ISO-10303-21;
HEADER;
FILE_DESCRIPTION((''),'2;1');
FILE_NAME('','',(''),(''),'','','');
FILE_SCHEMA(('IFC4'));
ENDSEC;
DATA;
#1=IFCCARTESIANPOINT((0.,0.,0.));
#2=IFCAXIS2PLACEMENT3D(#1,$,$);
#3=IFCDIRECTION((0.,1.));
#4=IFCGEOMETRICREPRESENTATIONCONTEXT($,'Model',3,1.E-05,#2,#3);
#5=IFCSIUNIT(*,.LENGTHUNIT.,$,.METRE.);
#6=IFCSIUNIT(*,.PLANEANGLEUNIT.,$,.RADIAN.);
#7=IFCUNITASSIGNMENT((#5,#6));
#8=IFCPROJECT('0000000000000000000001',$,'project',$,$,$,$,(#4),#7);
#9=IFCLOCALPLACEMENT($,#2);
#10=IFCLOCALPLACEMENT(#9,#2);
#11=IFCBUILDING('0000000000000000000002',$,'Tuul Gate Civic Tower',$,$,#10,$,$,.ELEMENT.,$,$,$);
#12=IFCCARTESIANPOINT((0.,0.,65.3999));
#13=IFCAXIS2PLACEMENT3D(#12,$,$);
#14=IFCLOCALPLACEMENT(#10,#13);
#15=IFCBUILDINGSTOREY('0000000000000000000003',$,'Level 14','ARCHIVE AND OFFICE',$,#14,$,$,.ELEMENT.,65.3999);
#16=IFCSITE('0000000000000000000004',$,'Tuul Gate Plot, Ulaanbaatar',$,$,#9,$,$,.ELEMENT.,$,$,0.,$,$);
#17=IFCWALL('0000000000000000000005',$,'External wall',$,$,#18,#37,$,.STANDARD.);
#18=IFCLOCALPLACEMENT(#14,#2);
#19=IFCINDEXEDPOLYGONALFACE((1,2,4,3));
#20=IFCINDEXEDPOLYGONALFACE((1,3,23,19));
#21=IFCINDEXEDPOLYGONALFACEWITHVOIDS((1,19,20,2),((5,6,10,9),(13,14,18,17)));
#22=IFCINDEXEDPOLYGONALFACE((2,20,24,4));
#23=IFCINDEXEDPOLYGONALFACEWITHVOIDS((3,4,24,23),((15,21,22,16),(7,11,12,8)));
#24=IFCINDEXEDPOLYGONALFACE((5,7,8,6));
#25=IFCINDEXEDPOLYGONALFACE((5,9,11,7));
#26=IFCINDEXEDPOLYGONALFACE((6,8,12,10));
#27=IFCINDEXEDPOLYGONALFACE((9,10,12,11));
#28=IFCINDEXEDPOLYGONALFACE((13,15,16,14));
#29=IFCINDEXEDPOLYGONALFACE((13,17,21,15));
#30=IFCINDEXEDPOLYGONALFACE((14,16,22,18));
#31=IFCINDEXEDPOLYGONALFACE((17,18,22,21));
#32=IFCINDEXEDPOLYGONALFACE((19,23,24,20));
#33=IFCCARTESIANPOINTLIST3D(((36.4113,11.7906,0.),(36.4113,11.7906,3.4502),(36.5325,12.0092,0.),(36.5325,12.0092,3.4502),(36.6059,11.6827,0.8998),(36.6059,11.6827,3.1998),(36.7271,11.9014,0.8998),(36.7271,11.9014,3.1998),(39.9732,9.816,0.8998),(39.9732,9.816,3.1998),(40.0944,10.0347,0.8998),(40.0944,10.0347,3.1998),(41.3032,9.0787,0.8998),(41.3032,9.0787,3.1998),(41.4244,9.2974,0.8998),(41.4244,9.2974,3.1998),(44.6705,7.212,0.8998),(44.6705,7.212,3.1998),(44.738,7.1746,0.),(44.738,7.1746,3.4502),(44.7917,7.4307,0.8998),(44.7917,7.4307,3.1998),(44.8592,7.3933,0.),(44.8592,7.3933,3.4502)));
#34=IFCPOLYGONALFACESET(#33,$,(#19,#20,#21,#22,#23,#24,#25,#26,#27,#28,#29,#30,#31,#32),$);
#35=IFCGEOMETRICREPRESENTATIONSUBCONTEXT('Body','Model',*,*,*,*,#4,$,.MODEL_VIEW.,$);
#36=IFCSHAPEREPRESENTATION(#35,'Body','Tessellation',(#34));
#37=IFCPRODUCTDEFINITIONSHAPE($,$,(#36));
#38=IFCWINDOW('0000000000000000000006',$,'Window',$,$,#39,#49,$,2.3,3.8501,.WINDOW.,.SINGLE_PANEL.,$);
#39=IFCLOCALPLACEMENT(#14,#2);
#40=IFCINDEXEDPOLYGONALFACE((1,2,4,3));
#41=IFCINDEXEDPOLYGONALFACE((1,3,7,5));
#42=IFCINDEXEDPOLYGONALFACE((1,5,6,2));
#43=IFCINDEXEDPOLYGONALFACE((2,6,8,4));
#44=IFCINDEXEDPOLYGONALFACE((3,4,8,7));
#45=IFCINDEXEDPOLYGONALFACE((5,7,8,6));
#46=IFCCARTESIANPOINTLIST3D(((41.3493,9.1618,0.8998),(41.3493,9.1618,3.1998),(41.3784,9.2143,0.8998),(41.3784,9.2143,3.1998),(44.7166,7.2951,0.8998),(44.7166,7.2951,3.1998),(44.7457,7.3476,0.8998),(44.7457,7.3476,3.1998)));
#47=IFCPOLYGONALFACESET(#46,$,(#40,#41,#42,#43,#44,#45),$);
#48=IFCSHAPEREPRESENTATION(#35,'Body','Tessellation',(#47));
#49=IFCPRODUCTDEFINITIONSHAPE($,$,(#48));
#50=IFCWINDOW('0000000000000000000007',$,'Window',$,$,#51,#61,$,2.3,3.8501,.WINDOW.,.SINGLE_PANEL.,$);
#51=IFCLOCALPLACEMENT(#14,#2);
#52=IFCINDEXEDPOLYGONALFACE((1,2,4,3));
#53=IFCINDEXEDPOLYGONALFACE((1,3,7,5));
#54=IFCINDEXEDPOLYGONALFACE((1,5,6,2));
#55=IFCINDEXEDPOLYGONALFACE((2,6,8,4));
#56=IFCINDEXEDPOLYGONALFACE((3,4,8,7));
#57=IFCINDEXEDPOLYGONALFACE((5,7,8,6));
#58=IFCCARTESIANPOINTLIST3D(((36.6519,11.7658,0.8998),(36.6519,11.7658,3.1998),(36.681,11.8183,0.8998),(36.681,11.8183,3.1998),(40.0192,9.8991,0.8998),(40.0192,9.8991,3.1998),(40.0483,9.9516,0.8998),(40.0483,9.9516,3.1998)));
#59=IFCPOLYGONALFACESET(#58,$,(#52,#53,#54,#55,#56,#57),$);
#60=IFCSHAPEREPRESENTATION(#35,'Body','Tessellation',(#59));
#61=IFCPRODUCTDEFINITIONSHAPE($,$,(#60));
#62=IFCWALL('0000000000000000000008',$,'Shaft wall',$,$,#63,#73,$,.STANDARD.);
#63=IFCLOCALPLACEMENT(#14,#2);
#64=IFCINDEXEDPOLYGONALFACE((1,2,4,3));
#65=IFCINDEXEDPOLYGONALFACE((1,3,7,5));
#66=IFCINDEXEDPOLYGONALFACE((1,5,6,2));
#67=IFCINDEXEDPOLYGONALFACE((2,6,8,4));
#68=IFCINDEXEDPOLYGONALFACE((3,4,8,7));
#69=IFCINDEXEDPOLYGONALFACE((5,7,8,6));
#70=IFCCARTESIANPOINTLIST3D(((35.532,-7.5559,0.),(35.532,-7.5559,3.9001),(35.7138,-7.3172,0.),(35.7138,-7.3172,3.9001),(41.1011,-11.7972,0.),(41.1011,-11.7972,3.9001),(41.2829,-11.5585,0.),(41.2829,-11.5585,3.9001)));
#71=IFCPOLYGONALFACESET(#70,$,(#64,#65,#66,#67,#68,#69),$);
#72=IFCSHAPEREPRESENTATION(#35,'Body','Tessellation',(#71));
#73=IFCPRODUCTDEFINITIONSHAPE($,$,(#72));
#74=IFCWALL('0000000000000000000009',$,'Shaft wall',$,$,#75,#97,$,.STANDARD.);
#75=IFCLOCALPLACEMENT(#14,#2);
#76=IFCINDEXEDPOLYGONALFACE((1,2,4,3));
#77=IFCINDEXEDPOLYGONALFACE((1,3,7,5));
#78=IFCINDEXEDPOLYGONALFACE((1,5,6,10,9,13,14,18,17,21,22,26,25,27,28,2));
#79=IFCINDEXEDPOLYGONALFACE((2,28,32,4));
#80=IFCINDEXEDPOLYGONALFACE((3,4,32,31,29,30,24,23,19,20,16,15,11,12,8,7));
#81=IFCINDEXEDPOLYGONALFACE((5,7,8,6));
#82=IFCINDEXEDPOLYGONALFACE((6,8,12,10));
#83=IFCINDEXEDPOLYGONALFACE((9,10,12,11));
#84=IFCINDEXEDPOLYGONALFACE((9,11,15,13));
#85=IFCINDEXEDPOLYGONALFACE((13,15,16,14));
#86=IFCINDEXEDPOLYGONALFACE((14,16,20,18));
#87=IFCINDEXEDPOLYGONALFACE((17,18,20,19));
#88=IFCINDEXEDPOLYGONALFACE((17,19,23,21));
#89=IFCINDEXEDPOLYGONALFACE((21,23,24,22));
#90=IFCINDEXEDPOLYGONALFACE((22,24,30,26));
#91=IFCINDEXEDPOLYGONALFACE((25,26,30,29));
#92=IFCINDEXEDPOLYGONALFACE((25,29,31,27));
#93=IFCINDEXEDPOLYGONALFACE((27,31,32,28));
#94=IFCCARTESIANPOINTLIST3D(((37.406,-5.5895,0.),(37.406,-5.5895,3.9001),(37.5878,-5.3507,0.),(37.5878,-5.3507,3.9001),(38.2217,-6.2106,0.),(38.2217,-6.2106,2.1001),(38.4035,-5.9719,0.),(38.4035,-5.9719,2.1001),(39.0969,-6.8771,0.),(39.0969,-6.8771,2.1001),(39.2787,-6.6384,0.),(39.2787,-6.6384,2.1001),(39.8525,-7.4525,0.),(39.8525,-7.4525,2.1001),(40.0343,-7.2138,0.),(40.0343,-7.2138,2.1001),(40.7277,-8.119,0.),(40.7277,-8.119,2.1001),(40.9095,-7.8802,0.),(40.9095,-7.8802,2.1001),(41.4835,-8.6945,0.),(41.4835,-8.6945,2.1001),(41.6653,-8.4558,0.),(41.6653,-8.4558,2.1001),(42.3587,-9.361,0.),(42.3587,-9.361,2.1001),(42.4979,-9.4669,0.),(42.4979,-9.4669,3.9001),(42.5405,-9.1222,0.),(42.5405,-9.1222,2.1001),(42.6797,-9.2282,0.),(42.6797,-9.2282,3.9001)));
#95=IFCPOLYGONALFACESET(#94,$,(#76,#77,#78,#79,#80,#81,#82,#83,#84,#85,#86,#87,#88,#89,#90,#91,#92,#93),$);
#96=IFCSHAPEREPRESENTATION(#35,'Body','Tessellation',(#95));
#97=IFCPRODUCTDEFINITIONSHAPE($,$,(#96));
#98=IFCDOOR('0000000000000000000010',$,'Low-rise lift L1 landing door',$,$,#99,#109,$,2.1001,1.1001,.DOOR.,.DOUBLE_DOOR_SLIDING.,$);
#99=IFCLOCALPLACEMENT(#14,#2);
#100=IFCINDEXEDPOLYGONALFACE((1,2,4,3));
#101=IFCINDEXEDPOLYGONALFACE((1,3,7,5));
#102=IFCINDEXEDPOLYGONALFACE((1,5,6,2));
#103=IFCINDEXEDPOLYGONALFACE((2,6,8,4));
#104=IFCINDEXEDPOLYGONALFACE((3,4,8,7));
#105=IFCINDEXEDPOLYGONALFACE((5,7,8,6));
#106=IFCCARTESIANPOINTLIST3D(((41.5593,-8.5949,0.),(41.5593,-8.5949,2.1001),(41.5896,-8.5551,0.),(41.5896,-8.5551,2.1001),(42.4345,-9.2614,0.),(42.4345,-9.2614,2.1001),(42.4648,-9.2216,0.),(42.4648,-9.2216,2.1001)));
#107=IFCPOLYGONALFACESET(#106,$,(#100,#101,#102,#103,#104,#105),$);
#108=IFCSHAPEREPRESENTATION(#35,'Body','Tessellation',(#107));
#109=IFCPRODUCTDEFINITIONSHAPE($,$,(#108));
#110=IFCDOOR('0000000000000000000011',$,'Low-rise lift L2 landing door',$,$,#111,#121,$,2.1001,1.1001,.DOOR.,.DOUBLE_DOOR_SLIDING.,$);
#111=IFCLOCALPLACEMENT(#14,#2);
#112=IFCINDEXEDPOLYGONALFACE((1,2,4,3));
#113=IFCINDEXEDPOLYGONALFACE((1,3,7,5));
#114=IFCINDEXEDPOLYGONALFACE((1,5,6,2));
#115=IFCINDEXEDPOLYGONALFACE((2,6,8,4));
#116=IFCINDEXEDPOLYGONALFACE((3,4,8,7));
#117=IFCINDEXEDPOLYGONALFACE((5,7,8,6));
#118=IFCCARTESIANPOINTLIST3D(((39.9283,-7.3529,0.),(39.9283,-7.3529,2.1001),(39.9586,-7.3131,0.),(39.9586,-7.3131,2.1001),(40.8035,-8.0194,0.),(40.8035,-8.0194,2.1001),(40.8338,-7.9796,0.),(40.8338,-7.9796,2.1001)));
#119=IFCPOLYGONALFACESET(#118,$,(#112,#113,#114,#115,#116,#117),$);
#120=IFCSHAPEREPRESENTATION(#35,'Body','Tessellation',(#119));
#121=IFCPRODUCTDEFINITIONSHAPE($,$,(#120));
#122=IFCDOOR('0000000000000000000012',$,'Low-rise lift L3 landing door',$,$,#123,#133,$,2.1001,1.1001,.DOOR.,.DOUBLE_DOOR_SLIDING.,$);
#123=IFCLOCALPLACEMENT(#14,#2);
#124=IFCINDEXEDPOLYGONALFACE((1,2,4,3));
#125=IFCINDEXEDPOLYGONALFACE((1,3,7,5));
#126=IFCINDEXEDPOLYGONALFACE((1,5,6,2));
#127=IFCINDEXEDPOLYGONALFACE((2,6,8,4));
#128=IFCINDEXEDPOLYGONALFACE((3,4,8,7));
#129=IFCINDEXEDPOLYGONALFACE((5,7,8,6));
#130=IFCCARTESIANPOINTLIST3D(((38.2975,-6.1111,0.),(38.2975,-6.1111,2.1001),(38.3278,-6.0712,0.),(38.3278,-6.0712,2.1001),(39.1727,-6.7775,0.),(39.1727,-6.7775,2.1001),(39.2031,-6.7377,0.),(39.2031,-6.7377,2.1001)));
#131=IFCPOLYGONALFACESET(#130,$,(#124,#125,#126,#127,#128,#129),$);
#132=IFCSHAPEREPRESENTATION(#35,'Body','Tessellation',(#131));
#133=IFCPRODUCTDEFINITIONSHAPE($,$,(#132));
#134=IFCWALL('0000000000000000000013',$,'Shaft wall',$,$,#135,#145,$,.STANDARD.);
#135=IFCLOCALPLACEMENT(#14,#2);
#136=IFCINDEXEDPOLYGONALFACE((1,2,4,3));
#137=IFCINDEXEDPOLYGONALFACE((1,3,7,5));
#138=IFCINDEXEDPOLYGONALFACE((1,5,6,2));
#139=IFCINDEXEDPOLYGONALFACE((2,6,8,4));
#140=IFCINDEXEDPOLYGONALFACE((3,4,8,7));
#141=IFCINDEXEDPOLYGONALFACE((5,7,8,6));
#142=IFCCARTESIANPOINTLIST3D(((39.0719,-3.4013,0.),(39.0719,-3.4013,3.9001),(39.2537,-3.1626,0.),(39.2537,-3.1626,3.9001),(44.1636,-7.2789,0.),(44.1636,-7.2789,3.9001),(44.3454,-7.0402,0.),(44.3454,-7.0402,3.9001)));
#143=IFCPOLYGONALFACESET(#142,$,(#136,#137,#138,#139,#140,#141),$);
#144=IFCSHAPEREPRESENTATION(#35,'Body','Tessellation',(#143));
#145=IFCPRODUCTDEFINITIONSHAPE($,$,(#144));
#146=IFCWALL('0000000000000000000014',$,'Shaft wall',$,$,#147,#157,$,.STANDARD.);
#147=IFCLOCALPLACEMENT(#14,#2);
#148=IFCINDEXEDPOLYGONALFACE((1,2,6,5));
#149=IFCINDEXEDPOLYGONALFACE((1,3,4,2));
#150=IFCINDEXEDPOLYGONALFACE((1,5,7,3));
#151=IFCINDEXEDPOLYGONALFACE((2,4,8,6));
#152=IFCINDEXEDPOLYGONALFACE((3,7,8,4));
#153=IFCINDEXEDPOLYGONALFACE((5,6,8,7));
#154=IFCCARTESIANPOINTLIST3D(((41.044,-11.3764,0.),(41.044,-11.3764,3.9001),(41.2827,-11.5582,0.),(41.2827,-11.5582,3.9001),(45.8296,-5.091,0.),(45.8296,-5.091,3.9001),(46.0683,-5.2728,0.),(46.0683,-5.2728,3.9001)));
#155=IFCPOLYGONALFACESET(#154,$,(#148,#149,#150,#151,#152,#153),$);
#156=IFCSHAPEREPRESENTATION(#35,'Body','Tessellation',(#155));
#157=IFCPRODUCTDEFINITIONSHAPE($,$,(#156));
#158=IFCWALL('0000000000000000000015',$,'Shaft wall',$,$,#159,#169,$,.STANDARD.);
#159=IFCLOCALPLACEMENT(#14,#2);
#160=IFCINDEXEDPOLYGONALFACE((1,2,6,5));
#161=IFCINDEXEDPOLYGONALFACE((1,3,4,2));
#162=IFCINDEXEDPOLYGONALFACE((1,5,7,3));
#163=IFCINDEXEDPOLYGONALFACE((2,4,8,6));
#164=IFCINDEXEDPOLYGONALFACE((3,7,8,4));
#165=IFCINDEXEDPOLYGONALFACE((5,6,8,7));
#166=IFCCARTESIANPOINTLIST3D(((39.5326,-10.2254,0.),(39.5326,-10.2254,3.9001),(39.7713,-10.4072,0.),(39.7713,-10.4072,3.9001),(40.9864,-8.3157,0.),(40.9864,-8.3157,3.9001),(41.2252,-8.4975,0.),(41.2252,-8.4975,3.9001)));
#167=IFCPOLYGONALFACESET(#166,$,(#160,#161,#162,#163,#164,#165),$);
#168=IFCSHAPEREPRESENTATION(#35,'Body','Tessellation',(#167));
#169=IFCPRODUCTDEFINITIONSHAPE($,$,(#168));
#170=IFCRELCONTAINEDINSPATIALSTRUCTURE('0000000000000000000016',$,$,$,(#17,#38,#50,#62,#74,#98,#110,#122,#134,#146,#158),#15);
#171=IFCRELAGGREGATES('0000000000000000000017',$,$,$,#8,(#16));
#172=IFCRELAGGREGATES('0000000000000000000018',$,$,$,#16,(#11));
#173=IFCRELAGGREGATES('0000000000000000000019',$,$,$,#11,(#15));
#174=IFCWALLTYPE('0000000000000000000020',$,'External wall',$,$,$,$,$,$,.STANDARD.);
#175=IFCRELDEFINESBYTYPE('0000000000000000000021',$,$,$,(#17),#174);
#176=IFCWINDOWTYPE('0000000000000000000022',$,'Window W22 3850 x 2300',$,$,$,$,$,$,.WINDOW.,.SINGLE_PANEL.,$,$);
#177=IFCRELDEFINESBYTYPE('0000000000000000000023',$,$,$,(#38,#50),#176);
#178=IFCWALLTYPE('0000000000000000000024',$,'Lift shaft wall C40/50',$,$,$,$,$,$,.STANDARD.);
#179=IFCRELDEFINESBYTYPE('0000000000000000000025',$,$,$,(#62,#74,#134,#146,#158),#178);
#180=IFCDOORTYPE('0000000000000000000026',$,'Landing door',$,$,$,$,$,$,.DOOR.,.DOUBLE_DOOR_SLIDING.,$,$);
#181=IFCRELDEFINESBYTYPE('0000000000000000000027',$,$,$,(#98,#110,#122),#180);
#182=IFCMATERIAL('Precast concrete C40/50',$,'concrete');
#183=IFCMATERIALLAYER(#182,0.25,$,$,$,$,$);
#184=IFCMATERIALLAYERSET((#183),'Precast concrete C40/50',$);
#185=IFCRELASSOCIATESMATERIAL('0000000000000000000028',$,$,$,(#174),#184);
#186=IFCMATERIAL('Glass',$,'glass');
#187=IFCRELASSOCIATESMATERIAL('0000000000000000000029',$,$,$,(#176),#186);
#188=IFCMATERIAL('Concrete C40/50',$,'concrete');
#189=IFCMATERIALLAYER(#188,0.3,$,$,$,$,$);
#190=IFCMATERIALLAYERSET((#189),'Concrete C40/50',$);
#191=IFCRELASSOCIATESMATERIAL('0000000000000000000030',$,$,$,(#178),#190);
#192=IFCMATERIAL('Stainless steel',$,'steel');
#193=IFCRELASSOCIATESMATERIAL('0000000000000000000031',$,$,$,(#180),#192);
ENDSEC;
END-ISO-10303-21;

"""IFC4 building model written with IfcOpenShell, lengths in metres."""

from ifc_helpers import new_model, si_unit, direction, frame, frame_2d, origin, place, context, subcontext, project, spatial, rectangle, extrude, material, layer, layer_set, type_object, element, fill, save


model = new_model("IFC4")

# Units and contexts
model_context = context("Model", 3, precision=1e-05, world=origin(), true_north=direction((0.0, 1.0)))
body_context = subcontext(model_context, "Body", "Model", "MODEL_VIEW")
ifc_project = project(units=[si_unit("LENGTHUNIT", "METRE"), si_unit("PLANEANGLEUNIT", "RADIAN")], contexts=[model_context])

# Site, building, storey
site_placement = place(None, origin())
site = spatial("IfcSite", under=ifc_project, at=site_placement, Name="Tuul Gate Plot, Ulaanbaatar", CompositionType="ELEMENT", RefElevation=0.0)
building_placement = place(site_placement, origin())
building = spatial("IfcBuilding", under=site, at=building_placement, Name="Tuul Gate Civic Tower", CompositionType="ELEMENT")
storey_placement = place(building_placement, frame((0.0, 0.0, 65.3999)))
storey = spatial("IfcBuildingStorey", under=building, at=storey_placement, Name="Level 14", Description="ARCHIVE AND OFFICE", CompositionType="ELEMENT", Elevation=65.3999)

# Wall, openings, windows
ifc_material_1 = material(Name="Precast concrete C40/50", Category="concrete")
ifc_layer_1 = layer(ifc_material_1, 0.25)
ifc_layer_set_1 = layer_set([ifc_layer_1], Name="Precast concrete C40/50")
wall_type_1 = type_object("IfcWallType", Name="External wall", PredefinedType="STANDARD", material=ifc_layer_set_1)
wall_1_placement = place(storey_placement, frame((44.7986, 7.2839, 0.0), z_axis=(0.0, 0.0, 1.0), x_axis=(-0.874601, 0.484844, 0.0)))
wall_1 = element("IfcWall", 1, at=wall_1_placement, inside=storey, type_object=wall_type_1, Name="External wall", PredefinedType="STANDARD", context=body_context, shape_type="SweptSolid", body=[
    extrude(rectangle(XDim=9.5205, YDim=0.25, at=frame_2d((4.7603, 0.0))), origin(), (0.0, 0.0, 1.0), 3.4502),
])
opening_1_placement = place(wall_1_placement, frame((0.0771, 0.0, 0.8999)))
opening_1 = element("IfcOpeningElement", 2, at=opening_1_placement, cuts=wall_1, PredefinedType="OPENING", context=body_context, shape_type="SweptSolid", body=[
    extrude(rectangle(XDim=3.8501, YDim=2.3, at=frame_2d((1.925, 1.1499))), frame((0.0, 0.135, 0.0), z_axis=(0.0, -1.0, 0.0), x_axis=(1.0, 0.0, 0.0)), (0.0, 0.0, 1.0), 0.27),
])
opening_2_placement = place(wall_1_placement, frame((5.448, 0.0, 0.8999)))
opening_2 = element("IfcOpeningElement", 3, at=opening_2_placement, cuts=wall_1, PredefinedType="OPENING", context=body_context, shape_type="SweptSolid", body=[
    extrude(rectangle(XDim=3.8501, YDim=2.3, at=frame_2d((1.925, 1.1499))), frame((0.0, 0.135, 0.0), z_axis=(0.0, -1.0, 0.0), x_axis=(1.0, 0.0, 0.0)), (0.0, 0.0, 1.0), 0.27),
])
ifc_material_2 = material(Name="Glass", Category="glass")
window_type = type_object("IfcWindowType", Name="Window W22 3850 x 2300", PartitioningType="SINGLE_PANEL", PredefinedType="WINDOW", material=ifc_material_2)
window_1_placement = place(opening_1_placement, origin())
window_1 = element("IfcWindow", 4, at=window_1_placement, inside=storey, type_object=window_type, Name="Window", OverallHeight=2.3, OverallWidth=3.8501, PartitioningType="SINGLE_PANEL", PredefinedType="WINDOW", context=body_context, shape_type="SweptSolid", body=[
    extrude(rectangle(XDim=3.8501, YDim=2.3, at=frame_2d((1.925, 1.1499))), frame((0.0, 0.03, 0.0), z_axis=(0.0, -1.0, 0.0), x_axis=(1.0, 0.0, 0.0)), (0.0, 0.0, 1.0), 0.0601),
])
fill(opening_1, window_1)
window_2_placement = place(opening_2_placement, origin())
window_2 = element("IfcWindow", 5, at=window_2_placement, inside=storey, type_object=window_type, Name="Window", OverallHeight=2.3, OverallWidth=3.8501, PartitioningType="SINGLE_PANEL", PredefinedType="WINDOW", context=body_context, shape_type="SweptSolid", body=[
    extrude(rectangle(XDim=3.8501, YDim=2.3, at=frame_2d((1.925, 1.1499))), frame((0.0, 0.03, 0.0), z_axis=(0.0, -1.0, 0.0), x_axis=(1.0, 0.0, 0.0)), (0.0, 0.0, 1.0), 0.0601),
])
fill(opening_2, window_2)

# Wall
ifc_material_3 = material(Name="Concrete C40/50", Category="concrete")
ifc_layer_2 = layer(ifc_material_3, 0.3)
ifc_layer_set_2 = layer_set([ifc_layer_2], Name="Concrete C40/50")
wall_type_2 = type_object("IfcWallType", Name="Lift shaft wall C40/50", PredefinedType="STANDARD", material=ifc_layer_set_2)
wall_2_placement = place(storey_placement, frame((41.1919, -11.6777, 0.0), z_axis=(0.0, 0.0, 1.0), x_axis=(-0.795563, 0.605871, 0.0)))
element("IfcWall", 6, at=wall_2_placement, inside=storey, type_object=wall_type_2, Name="Shaft wall", PredefinedType="STANDARD", context=body_context, shape_type="SweptSolid", body=[
    extrude(rectangle(XDim=7.0002, YDim=0.3, at=frame_2d((3.5, 0.0))), origin(), (0.0, 0.0, 1.0), 3.9001),
])

# Wall, openings, doors
wall_3_placement = place(storey_placement, frame((42.5889, -9.3477, 0.0), z_axis=(0.0, 0.0, 1.0), x_axis=(-0.795584, 0.605843, 0.0)))
wall_3 = element("IfcWall", 7, at=wall_3_placement, inside=storey, type_object=wall_type_2, Name="Shaft wall", PredefinedType="STANDARD", context=body_context, shape_type="SweptSolid", body=[
    extrude(rectangle(XDim=6.4001, YDim=0.3, at=frame_2d((3.2002, 0.0))), origin(), (0.0, 0.0, 1.0), 3.9001),
])
opening_3_placement = place(wall_3_placement, frame((0.175, 0.0, 0.0)))
opening_3 = element("IfcOpeningElement", 8, at=opening_3_placement, cuts=wall_3, PredefinedType="OPENING", context=body_context, shape_type="SweptSolid", body=[
    extrude(rectangle(XDim=1.1001, YDim=2.1001, at=frame_2d((0.55, 1.05))), frame((0.0, 0.1602, 0.0), z_axis=(0.0, -1.0, 0.0), x_axis=(1.0, 0.0, 0.0)), (0.0, 0.0, 1.0), 0.3201),
])
opening_4_placement = place(wall_3_placement, frame((2.2251, 0.0, 0.0)))
opening_4 = element("IfcOpeningElement", 9, at=opening_4_placement, cuts=wall_3, PredefinedType="OPENING", context=body_context, shape_type="SweptSolid", body=[
    extrude(rectangle(XDim=1.1001, YDim=2.1001, at=frame_2d((0.55, 1.05))), frame((0.0, 0.1602, 0.0), z_axis=(0.0, -1.0, 0.0), x_axis=(1.0, 0.0, 0.0)), (0.0, 0.0, 1.0), 0.3201),
])
opening_5_placement = place(wall_3_placement, frame((4.2749, 0.0, 0.0)))
opening_5 = element("IfcOpeningElement", 10, at=opening_5_placement, cuts=wall_3, PredefinedType="OPENING", context=body_context, shape_type="SweptSolid", body=[
    extrude(rectangle(XDim=1.1001, YDim=2.1001, at=frame_2d((0.55, 1.05))), frame((0.0, 0.1602, 0.0), z_axis=(0.0, -1.0, 0.0), x_axis=(1.0, 0.0, 0.0)), (0.0, 0.0, 1.0), 0.3201),
])
ifc_material_4 = material(Name="Stainless steel", Category="steel")
door_type_1 = type_object("IfcDoorType", Name="Landing door", OperationType="DOUBLE_DOOR_SLIDING", PredefinedType="DOOR", material=ifc_material_4)
door_1_placement = place(opening_3_placement, origin())
door_1 = element("IfcDoor", 11, at=door_1_placement, inside=storey, type_object=door_type_1, Name="Low-rise lift L1 landing door", OperationType="DOUBLE_DOOR_SLIDING", OverallHeight=2.1001, OverallWidth=1.1001, PredefinedType="DOOR", context=body_context, shape_type="SweptSolid", body=[
    extrude(rectangle(XDim=1.1001, YDim=2.1001, at=frame_2d((0.55, 1.05))), frame((0.0, 0.0249, 0.0), z_axis=(0.0, -1.0, 0.0), x_axis=(1.0, 0.0, 0.0)), (0.0, 0.0, 1.0), 0.05),
])
fill(opening_3, door_1)
door_2_placement = place(opening_4_placement, origin())
door_2 = element("IfcDoor", 12, at=door_2_placement, inside=storey, type_object=door_type_1, Name="Low-rise lift L2 landing door", OperationType="DOUBLE_DOOR_SLIDING", OverallHeight=2.1001, OverallWidth=1.1001, PredefinedType="DOOR", context=body_context, shape_type="SweptSolid", body=[
    extrude(rectangle(XDim=1.1001, YDim=2.1001, at=frame_2d((0.55, 1.05))), frame((0.0, 0.0249, 0.0), z_axis=(0.0, -1.0, 0.0), x_axis=(1.0, 0.0, 0.0)), (0.0, 0.0, 1.0), 0.05),
])
fill(opening_4, door_2)
door_3_placement = place(opening_5_placement, origin())
door_3 = element("IfcDoor", 13, at=door_3_placement, inside=storey, type_object=door_type_1, Name="Low-rise lift L3 landing door", OperationType="DOUBLE_DOOR_SLIDING", OverallHeight=2.1001, OverallWidth=1.1001, PredefinedType="DOOR", context=body_context, shape_type="SweptSolid", body=[
    extrude(rectangle(XDim=1.1001, YDim=2.1001, at=frame_2d((0.55, 1.05))), frame((0.0, 0.0249, 0.0), z_axis=(0.0, -1.0, 0.0), x_axis=(1.0, 0.0, 0.0)), (0.0, 0.0, 1.0), 0.05),
])
fill(opening_5, door_3)

# Walls
wall_4_placement = place(storey_placement, frame((44.2546, -7.1597, 0.0), z_axis=(0.0, 0.0, 1.0), x_axis=(-0.795566, 0.605867, 0.0)))
element("IfcWall", 14, at=wall_4_placement, inside=storey, type_object=wall_type_2, Name="Shaft wall", PredefinedType="STANDARD", context=body_context, shape_type="SweptSolid", body=[
    extrude(rectangle(XDim=6.4001, YDim=0.3, at=frame_2d((3.2002, 0.0))), origin(), (0.0, 0.0, 1.0), 3.9001),
])
wall_5_placement = place(storey_placement, frame((41.1633, -11.4673, 0.0), z_axis=(0.0, 0.0, 1.0), x_axis=(0.605784, 0.795629, 0.0)))
element("IfcWall", 15, at=wall_5_placement, inside=storey, type_object=wall_type_2, Name="Shaft wall", PredefinedType="STANDARD", context=body_context, shape_type="SweptSolid", body=[
    extrude(rectangle(XDim=7.8999, YDim=0.3, at=frame_2d((3.95, 0.0))), origin(), (0.0, 0.0, 1.0), 3.9001),
])
wall_6_placement = place(storey_placement, frame((39.6519, -10.3164, 0.0), z_axis=(0.0, 0.0, 1.0), x_axis=(0.605746, 0.795658, 0.0)))
element("IfcWall", 16, at=wall_6_placement, inside=storey, type_object=wall_type_2, Name="Shaft wall", PredefinedType="STANDARD", context=body_context, shape_type="SweptSolid", body=[
    extrude(rectangle(XDim=2.4001, YDim=0.3, at=frame_2d((1.2002, 0.0))), origin(), (0.0, 0.0, 1.0), 3.9001),
])

save(model, "model.ifc")
